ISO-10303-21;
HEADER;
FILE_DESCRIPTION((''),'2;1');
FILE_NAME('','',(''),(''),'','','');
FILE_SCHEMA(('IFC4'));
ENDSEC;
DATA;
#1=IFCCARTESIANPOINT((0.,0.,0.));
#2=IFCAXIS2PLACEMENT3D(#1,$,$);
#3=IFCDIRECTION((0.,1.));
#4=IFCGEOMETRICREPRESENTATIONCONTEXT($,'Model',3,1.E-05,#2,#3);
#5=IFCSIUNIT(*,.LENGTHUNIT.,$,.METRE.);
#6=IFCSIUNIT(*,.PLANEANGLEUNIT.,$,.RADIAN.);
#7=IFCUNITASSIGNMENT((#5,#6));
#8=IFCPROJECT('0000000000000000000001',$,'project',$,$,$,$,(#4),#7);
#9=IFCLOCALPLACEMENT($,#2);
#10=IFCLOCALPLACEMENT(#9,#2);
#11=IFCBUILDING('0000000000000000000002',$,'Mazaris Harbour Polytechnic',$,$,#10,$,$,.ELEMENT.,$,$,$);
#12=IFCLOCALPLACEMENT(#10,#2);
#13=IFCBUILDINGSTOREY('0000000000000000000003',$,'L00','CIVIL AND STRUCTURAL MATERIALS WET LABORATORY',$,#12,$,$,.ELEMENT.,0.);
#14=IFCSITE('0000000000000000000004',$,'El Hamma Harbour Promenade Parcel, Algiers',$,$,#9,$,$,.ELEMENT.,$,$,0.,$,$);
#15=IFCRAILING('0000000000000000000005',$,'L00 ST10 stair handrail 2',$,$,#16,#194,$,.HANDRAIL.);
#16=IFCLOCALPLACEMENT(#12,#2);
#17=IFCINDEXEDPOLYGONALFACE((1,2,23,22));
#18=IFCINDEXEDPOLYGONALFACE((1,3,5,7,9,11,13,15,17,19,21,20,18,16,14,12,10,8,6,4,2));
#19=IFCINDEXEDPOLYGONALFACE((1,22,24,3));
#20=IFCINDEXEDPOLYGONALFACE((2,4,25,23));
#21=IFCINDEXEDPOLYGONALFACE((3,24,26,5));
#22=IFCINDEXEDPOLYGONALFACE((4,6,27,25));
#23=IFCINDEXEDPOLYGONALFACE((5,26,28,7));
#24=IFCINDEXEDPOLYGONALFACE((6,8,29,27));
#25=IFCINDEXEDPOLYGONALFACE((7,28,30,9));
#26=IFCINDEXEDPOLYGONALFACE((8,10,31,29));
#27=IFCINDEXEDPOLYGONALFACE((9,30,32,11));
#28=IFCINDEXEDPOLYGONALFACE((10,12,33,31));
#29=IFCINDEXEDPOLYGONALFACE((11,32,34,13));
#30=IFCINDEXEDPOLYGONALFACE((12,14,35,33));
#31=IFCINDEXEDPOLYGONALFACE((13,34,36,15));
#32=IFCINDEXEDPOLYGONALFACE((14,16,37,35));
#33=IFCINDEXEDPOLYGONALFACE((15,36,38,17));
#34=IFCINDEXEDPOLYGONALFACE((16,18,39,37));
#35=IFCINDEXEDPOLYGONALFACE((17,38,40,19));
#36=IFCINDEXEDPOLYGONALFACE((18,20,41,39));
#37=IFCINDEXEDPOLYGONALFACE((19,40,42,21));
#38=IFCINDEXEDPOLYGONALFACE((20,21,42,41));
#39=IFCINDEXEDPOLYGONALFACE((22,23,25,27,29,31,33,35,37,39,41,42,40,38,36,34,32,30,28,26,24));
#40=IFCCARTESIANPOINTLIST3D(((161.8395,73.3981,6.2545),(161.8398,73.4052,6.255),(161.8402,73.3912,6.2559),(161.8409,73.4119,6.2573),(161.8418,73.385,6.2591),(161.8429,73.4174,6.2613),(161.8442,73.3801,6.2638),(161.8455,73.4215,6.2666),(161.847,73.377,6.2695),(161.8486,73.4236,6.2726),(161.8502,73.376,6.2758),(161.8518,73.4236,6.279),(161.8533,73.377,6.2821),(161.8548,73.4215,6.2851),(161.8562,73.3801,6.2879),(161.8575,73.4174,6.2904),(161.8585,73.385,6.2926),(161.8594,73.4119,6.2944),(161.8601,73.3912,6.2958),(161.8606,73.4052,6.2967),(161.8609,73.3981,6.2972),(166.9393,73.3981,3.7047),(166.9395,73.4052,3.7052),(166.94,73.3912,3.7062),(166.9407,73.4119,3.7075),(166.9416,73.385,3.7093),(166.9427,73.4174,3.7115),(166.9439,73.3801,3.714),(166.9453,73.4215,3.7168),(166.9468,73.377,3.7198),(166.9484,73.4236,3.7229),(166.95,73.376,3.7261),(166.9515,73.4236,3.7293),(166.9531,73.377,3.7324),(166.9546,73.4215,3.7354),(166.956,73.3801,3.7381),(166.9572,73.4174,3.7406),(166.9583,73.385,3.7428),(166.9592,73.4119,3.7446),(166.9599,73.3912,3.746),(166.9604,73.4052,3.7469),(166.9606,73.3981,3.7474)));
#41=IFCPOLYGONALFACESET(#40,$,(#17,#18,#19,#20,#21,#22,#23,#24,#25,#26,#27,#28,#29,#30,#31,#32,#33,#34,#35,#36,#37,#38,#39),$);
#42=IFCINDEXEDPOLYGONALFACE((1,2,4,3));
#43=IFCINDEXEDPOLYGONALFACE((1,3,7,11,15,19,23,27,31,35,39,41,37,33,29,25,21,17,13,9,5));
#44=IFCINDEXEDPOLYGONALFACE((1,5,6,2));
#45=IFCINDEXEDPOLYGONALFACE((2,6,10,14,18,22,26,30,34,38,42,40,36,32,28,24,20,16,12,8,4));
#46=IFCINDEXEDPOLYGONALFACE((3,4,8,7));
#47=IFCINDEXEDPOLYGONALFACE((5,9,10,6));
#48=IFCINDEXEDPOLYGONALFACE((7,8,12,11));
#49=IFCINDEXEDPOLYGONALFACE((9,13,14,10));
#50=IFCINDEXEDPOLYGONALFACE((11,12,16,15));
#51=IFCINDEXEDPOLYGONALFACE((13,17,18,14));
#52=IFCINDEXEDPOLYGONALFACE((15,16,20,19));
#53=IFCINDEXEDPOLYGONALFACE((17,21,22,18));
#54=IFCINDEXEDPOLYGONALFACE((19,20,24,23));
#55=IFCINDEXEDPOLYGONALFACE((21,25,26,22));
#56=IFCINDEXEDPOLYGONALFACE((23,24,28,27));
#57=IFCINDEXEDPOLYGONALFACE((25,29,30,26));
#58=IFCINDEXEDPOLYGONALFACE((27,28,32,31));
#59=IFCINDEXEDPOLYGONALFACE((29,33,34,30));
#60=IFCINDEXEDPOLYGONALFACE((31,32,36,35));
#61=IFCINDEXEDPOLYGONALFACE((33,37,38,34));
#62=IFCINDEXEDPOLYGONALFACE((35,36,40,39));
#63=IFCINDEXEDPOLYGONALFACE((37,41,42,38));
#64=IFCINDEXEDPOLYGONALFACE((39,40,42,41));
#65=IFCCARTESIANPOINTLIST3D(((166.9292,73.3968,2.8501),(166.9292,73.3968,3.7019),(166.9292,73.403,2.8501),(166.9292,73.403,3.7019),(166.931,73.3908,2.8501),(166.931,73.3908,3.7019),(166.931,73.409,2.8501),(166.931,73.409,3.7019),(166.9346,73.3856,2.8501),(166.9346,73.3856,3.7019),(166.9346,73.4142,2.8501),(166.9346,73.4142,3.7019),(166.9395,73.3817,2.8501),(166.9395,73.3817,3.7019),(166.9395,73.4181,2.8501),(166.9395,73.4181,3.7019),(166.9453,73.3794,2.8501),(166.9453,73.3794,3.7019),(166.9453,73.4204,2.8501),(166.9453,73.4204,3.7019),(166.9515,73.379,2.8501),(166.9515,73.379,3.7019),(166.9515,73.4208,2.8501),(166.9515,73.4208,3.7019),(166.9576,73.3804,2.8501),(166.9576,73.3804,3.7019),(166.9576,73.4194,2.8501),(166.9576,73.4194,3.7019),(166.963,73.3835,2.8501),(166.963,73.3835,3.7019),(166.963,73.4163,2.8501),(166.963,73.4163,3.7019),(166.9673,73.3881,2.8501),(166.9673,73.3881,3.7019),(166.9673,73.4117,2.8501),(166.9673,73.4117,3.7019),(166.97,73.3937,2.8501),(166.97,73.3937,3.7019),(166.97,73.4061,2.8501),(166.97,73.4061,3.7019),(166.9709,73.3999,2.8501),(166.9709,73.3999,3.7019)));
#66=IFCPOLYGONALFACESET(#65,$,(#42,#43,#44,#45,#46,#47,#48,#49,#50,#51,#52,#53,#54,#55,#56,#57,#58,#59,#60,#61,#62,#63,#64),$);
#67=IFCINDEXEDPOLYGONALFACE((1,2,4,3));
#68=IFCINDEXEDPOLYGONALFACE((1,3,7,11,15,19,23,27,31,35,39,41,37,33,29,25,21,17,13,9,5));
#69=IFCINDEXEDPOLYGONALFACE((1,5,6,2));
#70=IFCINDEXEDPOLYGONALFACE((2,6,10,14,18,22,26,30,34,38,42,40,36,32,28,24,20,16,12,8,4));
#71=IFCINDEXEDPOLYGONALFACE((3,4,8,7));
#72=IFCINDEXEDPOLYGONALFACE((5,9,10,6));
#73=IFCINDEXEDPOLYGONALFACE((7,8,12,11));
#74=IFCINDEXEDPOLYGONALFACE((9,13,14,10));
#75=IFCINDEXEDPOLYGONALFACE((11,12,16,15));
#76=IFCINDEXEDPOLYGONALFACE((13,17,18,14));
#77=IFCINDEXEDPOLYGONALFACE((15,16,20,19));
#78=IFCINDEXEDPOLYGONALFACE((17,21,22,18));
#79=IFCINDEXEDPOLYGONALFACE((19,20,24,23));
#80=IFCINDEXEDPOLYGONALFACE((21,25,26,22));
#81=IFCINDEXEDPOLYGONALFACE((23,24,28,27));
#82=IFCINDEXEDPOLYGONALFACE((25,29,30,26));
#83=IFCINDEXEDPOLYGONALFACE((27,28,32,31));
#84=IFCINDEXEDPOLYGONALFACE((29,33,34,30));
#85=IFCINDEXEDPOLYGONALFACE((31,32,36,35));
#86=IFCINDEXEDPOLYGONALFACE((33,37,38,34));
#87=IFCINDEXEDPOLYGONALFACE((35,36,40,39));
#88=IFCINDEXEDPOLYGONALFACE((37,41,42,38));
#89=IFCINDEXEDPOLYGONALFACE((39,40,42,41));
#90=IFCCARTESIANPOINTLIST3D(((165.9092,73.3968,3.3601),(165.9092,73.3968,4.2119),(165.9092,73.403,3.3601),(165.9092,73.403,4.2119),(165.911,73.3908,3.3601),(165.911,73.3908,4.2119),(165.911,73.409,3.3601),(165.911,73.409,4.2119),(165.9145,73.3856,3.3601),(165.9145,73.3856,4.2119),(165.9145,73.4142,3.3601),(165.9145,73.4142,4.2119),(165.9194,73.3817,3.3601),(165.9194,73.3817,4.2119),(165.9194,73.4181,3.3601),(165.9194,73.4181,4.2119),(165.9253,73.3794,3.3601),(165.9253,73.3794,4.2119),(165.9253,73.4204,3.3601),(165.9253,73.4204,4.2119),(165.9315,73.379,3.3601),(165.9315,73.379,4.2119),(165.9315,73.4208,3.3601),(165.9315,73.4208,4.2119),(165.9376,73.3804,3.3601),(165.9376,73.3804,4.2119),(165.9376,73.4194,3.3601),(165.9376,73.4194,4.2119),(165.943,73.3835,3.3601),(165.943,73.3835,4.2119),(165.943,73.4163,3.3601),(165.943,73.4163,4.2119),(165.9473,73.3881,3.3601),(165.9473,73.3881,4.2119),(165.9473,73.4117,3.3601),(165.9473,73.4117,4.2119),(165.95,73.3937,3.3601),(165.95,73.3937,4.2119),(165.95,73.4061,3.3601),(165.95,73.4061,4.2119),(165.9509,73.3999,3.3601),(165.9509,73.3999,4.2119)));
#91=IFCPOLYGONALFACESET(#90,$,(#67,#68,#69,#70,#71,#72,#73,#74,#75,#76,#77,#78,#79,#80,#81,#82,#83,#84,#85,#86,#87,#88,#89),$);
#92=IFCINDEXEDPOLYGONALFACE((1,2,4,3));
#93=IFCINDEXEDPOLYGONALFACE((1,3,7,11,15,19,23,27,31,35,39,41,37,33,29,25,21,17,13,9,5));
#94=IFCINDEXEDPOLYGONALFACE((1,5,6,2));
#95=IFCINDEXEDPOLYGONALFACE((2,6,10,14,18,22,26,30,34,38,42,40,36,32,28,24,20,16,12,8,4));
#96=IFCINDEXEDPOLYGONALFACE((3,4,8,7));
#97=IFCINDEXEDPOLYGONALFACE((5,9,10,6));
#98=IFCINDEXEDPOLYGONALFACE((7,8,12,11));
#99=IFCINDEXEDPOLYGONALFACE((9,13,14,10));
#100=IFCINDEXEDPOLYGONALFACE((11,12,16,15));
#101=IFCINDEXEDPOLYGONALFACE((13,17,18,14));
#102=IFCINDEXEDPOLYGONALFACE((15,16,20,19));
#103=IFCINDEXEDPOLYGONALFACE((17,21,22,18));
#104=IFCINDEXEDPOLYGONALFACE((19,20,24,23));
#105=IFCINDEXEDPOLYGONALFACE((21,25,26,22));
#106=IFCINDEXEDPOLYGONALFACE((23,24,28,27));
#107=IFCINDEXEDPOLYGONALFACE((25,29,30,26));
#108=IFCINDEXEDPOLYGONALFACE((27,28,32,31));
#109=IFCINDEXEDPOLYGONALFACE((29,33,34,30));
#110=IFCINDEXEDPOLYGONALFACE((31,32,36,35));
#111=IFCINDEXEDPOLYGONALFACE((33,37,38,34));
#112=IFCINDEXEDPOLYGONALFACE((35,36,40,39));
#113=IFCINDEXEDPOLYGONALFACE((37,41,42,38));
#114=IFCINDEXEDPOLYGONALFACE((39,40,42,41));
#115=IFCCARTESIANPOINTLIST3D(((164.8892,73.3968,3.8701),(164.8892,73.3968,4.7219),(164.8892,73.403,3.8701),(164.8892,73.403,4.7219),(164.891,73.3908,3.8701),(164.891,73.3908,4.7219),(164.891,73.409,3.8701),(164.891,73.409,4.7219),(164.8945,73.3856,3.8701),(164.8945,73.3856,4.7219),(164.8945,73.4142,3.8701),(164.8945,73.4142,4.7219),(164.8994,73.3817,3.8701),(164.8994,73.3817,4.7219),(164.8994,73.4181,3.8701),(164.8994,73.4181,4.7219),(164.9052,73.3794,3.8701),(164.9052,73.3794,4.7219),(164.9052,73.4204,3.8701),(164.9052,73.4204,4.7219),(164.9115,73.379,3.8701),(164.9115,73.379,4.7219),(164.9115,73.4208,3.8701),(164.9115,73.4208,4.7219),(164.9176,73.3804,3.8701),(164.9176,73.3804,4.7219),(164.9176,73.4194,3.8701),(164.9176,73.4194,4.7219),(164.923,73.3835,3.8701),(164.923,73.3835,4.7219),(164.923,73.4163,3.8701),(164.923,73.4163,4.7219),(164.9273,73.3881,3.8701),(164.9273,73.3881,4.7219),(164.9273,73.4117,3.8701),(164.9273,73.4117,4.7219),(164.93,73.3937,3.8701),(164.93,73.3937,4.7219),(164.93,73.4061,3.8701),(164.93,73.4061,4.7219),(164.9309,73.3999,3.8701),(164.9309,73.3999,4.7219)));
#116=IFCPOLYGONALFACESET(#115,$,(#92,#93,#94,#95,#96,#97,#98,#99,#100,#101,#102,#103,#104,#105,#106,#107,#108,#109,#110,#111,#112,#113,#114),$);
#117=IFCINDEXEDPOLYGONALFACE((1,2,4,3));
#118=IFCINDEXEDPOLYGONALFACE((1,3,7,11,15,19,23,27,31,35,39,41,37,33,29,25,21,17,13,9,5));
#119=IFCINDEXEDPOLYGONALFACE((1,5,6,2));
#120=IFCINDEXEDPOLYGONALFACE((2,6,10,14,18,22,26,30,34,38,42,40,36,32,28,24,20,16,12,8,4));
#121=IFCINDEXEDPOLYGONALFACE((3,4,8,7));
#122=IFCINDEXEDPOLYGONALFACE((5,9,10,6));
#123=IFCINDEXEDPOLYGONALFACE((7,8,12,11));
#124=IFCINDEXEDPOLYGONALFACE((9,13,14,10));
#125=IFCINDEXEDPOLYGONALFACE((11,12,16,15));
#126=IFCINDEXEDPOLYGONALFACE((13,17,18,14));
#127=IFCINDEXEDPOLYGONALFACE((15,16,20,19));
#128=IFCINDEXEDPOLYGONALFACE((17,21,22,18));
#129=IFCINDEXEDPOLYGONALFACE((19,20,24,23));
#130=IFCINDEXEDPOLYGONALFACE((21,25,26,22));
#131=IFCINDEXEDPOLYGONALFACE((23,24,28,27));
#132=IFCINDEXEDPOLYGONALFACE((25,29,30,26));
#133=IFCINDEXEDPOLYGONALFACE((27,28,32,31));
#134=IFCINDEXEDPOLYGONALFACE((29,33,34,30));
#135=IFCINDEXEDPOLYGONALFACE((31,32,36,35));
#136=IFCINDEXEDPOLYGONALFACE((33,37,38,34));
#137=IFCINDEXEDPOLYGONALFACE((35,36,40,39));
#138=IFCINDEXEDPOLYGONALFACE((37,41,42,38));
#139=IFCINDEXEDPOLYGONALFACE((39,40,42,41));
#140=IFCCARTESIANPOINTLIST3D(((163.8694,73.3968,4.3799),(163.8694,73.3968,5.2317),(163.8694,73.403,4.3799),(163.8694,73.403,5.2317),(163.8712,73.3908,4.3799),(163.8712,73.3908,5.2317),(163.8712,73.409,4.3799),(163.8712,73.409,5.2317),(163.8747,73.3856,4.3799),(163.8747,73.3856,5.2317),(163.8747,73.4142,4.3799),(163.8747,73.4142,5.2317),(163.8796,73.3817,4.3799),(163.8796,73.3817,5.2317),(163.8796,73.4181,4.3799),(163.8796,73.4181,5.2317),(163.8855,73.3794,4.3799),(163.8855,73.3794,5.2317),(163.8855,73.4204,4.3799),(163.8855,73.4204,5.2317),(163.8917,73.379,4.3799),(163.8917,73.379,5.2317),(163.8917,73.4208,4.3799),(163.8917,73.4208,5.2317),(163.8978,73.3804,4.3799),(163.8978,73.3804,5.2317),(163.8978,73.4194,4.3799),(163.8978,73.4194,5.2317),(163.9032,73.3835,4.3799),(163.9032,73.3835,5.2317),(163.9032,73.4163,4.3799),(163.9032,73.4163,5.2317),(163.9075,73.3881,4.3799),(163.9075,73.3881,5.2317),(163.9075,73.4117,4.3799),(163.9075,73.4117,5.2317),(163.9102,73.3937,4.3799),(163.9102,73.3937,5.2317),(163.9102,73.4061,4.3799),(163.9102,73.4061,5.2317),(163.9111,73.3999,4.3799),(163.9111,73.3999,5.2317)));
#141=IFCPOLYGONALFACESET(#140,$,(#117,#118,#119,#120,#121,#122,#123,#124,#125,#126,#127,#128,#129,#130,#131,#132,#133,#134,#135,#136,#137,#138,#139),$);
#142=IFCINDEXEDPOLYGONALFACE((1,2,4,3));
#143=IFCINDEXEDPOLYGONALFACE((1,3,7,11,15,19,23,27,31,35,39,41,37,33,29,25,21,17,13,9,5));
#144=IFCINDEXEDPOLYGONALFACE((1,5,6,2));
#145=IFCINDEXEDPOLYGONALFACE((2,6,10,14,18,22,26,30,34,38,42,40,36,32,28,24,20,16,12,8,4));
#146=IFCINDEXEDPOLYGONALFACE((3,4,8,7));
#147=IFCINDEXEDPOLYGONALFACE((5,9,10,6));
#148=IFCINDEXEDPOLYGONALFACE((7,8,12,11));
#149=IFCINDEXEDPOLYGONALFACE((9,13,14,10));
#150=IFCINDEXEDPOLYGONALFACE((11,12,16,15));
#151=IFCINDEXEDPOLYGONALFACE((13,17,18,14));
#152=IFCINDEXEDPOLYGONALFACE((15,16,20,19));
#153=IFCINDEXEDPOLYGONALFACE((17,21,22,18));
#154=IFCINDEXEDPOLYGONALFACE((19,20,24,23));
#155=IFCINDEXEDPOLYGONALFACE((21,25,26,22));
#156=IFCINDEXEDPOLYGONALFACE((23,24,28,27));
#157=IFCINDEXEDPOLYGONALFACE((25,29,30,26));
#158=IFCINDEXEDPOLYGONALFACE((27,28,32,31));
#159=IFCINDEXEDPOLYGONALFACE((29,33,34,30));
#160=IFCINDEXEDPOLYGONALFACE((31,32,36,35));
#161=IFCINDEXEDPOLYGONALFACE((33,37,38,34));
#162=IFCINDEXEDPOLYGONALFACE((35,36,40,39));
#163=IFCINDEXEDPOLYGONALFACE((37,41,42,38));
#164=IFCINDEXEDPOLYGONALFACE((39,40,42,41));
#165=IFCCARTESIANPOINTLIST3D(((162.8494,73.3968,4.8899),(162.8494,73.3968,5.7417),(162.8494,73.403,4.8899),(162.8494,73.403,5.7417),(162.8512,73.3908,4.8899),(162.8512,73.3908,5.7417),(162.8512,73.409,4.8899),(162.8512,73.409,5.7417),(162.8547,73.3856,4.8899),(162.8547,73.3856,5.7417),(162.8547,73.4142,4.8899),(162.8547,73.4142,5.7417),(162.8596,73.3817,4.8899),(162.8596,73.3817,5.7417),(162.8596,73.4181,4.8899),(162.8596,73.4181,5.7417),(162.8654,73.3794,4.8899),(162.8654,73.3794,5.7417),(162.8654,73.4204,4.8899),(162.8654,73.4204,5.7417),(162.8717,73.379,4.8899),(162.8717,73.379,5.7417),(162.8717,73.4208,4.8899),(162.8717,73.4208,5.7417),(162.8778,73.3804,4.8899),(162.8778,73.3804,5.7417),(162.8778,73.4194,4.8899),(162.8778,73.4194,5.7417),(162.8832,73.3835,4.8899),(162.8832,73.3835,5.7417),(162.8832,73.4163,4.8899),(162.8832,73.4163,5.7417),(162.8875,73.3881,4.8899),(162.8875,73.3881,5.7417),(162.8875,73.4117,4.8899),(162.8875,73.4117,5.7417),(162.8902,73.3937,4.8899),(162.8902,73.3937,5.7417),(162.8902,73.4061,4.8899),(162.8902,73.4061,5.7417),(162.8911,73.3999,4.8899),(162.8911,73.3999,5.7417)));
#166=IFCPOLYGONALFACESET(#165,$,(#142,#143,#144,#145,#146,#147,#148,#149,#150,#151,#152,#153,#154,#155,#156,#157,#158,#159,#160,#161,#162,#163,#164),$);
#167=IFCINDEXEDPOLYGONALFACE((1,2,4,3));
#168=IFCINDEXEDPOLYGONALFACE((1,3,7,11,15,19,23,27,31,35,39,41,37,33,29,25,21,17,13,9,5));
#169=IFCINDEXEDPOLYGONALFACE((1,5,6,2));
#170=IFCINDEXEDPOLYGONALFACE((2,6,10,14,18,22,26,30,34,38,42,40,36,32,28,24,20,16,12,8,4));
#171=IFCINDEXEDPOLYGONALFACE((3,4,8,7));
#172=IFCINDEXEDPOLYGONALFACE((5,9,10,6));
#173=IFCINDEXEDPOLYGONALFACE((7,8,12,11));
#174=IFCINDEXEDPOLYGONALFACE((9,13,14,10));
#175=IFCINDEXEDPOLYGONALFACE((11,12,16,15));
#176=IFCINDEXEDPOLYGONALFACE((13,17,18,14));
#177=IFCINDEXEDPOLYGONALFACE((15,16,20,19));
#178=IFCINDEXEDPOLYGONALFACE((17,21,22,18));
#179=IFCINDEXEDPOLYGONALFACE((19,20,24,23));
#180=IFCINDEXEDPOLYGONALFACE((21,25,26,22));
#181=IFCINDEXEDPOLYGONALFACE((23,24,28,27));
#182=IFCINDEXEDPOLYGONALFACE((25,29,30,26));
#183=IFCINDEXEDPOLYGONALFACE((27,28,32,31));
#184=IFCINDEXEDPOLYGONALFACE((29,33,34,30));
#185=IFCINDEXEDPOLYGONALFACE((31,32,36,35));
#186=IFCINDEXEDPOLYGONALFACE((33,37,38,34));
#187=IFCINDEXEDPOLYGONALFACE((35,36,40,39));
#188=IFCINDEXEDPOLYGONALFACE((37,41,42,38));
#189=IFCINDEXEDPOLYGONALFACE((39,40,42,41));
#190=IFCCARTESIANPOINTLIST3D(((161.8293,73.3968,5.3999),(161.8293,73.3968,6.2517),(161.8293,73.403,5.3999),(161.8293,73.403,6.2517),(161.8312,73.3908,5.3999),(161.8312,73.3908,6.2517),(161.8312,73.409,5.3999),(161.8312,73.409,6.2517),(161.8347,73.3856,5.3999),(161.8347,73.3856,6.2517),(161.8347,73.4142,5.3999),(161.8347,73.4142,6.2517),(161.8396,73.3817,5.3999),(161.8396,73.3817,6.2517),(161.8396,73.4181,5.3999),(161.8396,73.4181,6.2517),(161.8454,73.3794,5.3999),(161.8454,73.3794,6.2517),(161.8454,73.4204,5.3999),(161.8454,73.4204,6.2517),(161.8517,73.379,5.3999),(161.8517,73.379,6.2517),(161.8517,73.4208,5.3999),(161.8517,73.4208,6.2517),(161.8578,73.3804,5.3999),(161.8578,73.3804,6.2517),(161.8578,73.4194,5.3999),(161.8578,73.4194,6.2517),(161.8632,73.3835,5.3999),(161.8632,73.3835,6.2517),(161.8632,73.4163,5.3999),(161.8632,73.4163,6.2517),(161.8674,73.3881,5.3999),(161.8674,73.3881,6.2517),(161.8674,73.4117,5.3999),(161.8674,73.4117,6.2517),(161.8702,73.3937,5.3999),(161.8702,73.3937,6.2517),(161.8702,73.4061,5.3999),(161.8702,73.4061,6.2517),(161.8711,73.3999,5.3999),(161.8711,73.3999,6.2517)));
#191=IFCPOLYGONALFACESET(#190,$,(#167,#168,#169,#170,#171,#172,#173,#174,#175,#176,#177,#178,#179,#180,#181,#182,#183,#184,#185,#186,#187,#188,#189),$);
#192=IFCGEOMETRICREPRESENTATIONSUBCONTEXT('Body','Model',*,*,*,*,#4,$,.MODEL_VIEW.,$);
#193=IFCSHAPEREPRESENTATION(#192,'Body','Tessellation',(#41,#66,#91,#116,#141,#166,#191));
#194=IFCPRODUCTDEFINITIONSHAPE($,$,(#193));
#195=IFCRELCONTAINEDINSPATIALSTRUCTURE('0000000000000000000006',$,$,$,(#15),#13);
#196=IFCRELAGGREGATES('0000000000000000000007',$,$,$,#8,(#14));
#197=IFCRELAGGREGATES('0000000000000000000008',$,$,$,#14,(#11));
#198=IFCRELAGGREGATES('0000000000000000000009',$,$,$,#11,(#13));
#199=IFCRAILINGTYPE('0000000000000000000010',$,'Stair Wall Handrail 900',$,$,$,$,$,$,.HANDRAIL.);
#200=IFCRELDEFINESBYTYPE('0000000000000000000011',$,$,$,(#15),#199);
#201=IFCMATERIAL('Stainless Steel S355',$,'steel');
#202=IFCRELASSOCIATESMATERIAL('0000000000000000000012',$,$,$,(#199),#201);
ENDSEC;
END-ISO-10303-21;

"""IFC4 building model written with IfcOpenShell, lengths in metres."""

from ifc_helpers import new_model, si_unit, direction, frame, origin, origin_2d, place, context, subcontext, project, spatial, circle, extrude, material, type_object, element, save


model = new_model("IFC4")

# Units and contexts
model_context = context("Model", 3, precision=1e-05, world=origin(), true_north=direction((0.0, 1.0)))
body_context = subcontext(model_context, "Body", "Model", "MODEL_VIEW")
ifc_project = project(units=[si_unit("LENGTHUNIT", "METRE"), si_unit("PLANEANGLEUNIT", "RADIAN")], contexts=[model_context])

# Site, building, storey
site_placement = place(None, origin())
site = spatial("IfcSite", under=ifc_project, at=site_placement, Name="El Hamma Harbour Promenade Parcel, Algiers", CompositionType="ELEMENT", RefElevation=0.0)
building_placement = place(site_placement, origin())
building = spatial("IfcBuilding", under=site, at=building_placement, Name="Mazaris Harbour Polytechnic", CompositionType="ELEMENT")
storey_placement = place(building_placement, origin())
storey = spatial("IfcBuildingStorey", under=building, at=storey_placement, Name="L00", Description="CIVIL AND STRUCTURAL MATERIALS WET LABORATORY", CompositionType="ELEMENT", Elevation=0.0)

# Railing
ifc_material_1 = material(Name="Stainless Steel S355", Category="steel")
railing_type_1 = type_object("IfcRailingType", Name="Stair Wall Handrail 900", PredefinedType="HANDRAIL", material=ifc_material_1)
railing_1_placement = place(storey_placement, frame((166.95, 73.3999, 2.8501)))
element("IfcRailing", 1, at=railing_1_placement, inside=storey, type_object=railing_type_1, Name="L00 ST10 stair handrail 2", PredefinedType="HANDRAIL", context=body_context, shape_type="SweptSolid", body=[
    extrude(circle(Radius=0.0239, at=origin_2d()), frame((0.0, 0.0, 0.876), z_axis=(-0.894436, 0.0, 0.447196), x_axis=(0.0, -1.0, 0.0)), (0.0, 0.0, 1.0), 5.7017),
    extrude(circle(Radius=0.021, at=origin_2d()), origin(), (0.0, 0.0, 1.0), 0.8518),
    extrude(circle(Radius=0.021, at=origin_2d()), frame((-1.02, 0.0, 0.51)), (0.0, 0.0, 1.0), 0.8518),
    extrude(circle(Radius=0.021, at=origin_2d()), frame((-2.04, 0.0, 1.02)), (0.0, 0.0, 1.0), 0.8518),
    extrude(circle(Radius=0.021, at=origin_2d()), frame((-3.0598, 0.0, 1.5298)), (0.0, 0.0, 1.0), 0.8518),
    extrude(circle(Radius=0.021, at=origin_2d()), frame((-4.0798, 0.0, 2.0398)), (0.0, 0.0, 1.0), 0.8518),
    extrude(circle(Radius=0.021, at=origin_2d()), frame((-5.0999, 0.0, 2.5498)), (0.0, 0.0, 1.0), 0.8518),
])

save(model, "model.ifc")
